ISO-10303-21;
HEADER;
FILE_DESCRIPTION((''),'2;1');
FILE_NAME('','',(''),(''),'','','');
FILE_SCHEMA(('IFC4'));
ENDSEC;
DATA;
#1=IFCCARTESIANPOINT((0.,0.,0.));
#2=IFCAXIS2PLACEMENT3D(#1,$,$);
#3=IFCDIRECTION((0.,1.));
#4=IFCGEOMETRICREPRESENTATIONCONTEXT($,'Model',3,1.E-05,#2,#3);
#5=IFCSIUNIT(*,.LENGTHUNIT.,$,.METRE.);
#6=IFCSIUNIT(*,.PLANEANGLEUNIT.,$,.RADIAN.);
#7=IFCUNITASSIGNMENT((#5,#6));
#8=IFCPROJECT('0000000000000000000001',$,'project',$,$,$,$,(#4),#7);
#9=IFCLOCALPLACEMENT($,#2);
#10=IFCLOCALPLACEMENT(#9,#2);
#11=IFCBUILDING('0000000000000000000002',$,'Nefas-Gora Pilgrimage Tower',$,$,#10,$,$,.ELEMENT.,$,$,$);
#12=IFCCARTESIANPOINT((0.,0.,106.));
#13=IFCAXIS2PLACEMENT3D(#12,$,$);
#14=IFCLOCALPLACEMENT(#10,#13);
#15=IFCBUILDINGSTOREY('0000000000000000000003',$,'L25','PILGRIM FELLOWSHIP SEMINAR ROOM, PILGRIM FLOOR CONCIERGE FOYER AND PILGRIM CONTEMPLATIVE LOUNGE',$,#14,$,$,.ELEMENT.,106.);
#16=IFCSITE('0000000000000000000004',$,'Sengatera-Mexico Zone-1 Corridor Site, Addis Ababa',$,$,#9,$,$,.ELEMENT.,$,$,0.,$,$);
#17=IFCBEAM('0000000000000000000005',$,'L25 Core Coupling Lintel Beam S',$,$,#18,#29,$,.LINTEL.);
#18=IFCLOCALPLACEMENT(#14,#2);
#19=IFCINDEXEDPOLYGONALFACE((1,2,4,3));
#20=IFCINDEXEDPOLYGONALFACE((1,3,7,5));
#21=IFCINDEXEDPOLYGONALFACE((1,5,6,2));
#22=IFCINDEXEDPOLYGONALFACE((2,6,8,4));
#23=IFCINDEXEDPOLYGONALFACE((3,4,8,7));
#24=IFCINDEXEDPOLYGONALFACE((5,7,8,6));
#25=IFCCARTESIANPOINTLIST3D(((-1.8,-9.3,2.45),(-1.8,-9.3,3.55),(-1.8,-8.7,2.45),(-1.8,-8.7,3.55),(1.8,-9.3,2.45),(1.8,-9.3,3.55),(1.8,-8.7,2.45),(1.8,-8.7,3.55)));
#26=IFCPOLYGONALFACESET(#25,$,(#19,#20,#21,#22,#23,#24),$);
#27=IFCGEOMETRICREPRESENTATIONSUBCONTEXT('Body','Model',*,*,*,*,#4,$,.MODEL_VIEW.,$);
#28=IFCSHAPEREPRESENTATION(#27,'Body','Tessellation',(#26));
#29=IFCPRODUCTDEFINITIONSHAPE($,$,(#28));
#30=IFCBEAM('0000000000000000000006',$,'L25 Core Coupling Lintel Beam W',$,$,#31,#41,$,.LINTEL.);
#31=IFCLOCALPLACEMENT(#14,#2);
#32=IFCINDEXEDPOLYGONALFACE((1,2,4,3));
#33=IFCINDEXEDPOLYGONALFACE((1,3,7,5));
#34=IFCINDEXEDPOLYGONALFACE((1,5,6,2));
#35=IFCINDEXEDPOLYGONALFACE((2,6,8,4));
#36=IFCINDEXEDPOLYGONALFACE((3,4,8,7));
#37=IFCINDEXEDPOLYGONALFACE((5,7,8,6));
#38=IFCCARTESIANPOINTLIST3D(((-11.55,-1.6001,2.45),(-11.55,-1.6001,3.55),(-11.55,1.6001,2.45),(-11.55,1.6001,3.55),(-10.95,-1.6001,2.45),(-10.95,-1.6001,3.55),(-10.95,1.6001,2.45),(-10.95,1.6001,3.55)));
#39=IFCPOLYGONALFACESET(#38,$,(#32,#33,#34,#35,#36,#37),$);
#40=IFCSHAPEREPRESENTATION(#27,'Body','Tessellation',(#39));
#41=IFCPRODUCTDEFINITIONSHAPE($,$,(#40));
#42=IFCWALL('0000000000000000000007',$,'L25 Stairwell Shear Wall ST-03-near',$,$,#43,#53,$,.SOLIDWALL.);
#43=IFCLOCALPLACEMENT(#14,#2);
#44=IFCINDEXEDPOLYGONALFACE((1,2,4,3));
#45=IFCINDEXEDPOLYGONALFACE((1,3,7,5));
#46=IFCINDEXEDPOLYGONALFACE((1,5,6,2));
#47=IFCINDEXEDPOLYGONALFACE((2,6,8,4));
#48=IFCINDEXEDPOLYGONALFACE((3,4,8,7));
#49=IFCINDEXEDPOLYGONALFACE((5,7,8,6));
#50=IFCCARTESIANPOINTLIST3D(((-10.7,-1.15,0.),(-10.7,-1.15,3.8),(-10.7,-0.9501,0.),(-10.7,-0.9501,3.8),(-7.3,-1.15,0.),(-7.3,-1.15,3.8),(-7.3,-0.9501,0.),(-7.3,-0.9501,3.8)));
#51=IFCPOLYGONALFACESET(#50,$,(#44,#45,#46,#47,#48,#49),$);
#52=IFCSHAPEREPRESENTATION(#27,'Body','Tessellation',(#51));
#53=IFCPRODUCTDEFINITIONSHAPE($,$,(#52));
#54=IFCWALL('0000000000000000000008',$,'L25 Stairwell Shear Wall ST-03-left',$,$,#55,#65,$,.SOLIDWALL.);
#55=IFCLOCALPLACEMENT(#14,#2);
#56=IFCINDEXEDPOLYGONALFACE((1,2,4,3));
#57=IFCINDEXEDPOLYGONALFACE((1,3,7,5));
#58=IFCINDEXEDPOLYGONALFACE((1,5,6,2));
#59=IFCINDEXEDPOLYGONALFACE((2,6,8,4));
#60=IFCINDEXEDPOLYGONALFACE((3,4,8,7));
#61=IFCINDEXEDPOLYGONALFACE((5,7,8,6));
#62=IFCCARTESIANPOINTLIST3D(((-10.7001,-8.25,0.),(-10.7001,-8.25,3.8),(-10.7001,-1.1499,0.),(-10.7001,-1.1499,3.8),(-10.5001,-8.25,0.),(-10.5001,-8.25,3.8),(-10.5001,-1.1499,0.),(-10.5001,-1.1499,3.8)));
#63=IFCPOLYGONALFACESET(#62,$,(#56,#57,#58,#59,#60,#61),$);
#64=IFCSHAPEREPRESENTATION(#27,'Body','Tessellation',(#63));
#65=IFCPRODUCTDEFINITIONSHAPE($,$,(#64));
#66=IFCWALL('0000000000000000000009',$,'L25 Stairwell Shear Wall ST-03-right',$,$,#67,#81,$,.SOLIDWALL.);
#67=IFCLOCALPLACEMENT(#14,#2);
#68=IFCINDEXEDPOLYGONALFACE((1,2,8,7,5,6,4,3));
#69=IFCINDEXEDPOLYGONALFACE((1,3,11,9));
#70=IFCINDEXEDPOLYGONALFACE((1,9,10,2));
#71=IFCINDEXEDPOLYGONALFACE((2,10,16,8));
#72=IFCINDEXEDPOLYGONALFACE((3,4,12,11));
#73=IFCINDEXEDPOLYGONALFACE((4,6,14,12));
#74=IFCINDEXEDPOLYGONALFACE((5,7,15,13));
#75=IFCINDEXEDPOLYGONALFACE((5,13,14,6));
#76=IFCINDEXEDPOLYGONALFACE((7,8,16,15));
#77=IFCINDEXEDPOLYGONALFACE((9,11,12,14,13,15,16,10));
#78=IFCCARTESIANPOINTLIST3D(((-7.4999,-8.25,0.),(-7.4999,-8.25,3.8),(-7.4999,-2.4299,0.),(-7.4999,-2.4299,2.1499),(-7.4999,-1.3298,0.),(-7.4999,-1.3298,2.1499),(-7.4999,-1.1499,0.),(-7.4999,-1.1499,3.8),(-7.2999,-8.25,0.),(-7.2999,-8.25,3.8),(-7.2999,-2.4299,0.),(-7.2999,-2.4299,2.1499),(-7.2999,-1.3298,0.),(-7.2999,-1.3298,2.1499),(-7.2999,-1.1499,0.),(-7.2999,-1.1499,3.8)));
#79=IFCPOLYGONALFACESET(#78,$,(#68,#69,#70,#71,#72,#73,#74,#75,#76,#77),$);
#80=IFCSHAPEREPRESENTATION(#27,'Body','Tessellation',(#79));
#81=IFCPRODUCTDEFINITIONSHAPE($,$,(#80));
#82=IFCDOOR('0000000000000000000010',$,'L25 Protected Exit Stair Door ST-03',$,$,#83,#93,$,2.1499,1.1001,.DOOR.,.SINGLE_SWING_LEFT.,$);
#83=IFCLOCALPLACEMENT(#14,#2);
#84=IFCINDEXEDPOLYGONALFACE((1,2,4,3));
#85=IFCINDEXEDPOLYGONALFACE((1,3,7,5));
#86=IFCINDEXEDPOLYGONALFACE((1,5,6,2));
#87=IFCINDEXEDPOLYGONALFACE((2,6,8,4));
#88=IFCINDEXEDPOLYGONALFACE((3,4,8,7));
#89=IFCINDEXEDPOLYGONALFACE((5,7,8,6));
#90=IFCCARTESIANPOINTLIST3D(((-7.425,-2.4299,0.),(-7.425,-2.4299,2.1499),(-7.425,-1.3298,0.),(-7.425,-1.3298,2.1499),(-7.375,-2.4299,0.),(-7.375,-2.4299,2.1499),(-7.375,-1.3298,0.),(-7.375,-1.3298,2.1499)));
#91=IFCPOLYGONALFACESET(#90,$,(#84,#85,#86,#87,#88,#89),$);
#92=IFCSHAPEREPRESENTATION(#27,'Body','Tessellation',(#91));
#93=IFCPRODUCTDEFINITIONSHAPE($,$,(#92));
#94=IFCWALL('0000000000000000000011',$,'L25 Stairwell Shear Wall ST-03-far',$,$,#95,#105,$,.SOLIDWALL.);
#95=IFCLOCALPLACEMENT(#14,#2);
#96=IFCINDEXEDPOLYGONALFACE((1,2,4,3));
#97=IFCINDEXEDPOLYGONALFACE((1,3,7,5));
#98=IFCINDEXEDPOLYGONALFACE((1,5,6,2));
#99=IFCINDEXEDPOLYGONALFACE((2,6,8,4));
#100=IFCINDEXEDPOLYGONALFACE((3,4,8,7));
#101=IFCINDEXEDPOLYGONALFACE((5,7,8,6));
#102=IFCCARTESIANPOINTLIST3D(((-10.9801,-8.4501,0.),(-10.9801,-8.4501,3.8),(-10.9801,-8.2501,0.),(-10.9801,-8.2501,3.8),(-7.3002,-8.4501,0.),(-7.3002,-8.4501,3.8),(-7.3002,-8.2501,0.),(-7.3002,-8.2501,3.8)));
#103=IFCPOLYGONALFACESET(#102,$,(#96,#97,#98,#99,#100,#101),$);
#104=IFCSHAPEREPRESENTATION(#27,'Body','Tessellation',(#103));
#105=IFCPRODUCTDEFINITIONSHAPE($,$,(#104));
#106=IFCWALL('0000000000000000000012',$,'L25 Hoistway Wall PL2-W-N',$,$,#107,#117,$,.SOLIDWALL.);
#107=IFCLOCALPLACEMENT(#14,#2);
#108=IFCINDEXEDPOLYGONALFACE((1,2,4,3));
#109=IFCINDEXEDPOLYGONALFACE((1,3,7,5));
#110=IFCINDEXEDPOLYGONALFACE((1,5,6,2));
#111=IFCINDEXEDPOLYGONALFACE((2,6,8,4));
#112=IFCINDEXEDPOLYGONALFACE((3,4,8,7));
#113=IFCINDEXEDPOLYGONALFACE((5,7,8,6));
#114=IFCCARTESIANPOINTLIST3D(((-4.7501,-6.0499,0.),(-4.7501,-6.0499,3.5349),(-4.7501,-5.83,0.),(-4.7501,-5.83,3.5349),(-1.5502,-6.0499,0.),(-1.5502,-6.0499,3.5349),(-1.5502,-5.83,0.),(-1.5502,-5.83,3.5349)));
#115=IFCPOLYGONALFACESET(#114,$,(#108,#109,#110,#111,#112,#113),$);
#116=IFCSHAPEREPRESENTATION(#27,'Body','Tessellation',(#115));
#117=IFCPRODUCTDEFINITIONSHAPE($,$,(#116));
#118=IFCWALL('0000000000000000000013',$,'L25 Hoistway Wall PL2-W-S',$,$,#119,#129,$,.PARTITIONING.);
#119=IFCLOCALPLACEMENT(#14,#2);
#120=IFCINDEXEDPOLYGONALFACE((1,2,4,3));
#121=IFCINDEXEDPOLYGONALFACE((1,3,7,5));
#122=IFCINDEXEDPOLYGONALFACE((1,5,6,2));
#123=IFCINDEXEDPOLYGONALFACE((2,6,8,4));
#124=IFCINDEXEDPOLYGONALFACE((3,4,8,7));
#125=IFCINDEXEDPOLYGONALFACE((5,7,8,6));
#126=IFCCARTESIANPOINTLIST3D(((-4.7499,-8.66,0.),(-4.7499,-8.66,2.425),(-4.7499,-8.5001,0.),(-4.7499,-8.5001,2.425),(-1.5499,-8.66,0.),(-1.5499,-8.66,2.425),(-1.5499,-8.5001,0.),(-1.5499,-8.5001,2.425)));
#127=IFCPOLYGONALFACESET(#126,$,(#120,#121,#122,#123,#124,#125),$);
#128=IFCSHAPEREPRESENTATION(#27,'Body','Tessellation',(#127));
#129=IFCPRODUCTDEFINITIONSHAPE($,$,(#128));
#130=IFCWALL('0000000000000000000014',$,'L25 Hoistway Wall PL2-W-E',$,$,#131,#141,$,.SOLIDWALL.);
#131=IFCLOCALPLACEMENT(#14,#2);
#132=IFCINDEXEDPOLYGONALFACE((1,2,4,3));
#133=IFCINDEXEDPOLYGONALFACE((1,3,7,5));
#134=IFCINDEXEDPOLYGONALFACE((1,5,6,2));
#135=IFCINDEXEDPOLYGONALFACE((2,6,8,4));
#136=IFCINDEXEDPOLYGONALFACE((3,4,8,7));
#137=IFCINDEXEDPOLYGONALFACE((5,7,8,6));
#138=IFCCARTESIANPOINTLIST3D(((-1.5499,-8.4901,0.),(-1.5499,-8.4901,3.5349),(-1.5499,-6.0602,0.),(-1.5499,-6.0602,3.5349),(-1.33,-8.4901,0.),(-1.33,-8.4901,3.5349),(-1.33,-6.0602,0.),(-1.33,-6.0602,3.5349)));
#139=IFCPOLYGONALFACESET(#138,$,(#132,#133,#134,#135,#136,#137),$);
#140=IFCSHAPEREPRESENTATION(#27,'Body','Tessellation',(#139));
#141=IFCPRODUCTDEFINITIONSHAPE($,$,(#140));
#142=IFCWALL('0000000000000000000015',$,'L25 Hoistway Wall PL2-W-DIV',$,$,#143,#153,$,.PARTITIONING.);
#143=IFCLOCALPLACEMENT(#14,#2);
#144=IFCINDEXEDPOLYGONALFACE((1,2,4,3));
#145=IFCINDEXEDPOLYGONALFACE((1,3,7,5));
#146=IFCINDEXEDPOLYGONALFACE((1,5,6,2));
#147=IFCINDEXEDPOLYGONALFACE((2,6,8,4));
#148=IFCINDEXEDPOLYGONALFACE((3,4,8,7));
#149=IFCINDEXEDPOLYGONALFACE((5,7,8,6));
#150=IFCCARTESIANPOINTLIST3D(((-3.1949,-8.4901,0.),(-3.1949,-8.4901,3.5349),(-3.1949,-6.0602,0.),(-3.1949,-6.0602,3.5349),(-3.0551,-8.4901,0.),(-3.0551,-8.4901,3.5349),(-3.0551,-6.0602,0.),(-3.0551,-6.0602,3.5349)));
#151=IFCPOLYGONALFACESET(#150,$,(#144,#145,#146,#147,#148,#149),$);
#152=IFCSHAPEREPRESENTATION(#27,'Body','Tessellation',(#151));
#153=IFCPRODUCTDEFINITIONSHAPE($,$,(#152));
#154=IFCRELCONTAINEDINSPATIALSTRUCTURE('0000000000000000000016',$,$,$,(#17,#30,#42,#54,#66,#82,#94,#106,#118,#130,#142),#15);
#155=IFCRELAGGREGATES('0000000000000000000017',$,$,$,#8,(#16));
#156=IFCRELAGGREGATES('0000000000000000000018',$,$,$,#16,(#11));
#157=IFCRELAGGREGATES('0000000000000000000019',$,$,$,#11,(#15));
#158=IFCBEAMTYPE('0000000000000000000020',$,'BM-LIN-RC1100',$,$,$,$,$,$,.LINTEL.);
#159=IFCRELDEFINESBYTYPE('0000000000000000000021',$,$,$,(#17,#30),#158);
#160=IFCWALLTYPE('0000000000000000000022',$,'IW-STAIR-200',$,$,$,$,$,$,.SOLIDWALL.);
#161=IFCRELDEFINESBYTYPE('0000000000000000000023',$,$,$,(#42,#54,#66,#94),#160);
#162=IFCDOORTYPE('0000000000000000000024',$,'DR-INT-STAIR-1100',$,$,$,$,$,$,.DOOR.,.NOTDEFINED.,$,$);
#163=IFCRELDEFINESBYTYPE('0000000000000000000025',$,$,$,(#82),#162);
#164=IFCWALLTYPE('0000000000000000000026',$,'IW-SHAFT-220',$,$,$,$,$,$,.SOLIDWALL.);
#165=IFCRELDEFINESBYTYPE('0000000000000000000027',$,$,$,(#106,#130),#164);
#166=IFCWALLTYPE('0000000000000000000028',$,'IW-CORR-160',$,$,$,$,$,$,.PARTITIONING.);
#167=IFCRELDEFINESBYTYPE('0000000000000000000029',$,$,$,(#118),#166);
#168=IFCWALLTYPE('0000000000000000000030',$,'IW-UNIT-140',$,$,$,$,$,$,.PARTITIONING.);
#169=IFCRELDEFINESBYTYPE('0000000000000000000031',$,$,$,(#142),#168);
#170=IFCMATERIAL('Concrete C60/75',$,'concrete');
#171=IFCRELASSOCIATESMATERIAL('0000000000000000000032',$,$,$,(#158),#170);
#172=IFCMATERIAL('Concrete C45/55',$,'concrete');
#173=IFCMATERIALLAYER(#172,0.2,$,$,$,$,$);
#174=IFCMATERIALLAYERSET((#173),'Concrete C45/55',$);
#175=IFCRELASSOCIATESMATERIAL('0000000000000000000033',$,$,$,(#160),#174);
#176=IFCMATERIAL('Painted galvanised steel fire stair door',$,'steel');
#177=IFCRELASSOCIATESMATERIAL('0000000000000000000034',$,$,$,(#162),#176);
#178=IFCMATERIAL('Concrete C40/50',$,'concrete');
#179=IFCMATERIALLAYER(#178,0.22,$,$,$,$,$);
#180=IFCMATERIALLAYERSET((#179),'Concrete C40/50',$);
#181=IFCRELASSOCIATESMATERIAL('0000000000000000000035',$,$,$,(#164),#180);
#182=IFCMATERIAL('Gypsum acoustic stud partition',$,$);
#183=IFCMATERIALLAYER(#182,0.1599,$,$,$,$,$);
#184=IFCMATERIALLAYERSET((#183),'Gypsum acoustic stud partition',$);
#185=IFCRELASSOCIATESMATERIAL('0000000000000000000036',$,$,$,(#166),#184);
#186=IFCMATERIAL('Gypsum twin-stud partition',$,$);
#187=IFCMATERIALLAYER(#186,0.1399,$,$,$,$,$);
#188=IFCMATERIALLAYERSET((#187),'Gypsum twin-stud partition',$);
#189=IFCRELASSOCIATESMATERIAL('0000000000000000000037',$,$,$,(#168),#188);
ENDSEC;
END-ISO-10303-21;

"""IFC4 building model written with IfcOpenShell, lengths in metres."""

from ifc_helpers import new_model, si_unit, direction, frame, frame_2d, origin, origin_2d, place, context, subcontext, project, spatial, rectangle, extrude, source, transform, mapped, material, layer, layer_set, material_profile, profile_set, type_object, element, fill, save


model = new_model("IFC4")

# Units and contexts
model_context = context("Model", 3, precision=1e-05, world=origin(), true_north=direction((0.0, 1.0)))
body_context = subcontext(model_context, "Body", "Model", "MODEL_VIEW")
ifc_project = project(units=[si_unit("LENGTHUNIT", "METRE"), si_unit("PLANEANGLEUNIT", "RADIAN")], contexts=[model_context])

# Site, building, storey
site_placement = place(None, origin())
site = spatial("IfcSite", under=ifc_project, at=site_placement, Name="Sengatera-Mexico Zone-1 Corridor Site, Addis Ababa", CompositionType="ELEMENT", RefElevation=0.0)
building_placement = place(site_placement, origin())
building = spatial("IfcBuilding", under=site, at=building_placement, Name="Nefas-Gora Pilgrimage Tower", CompositionType="ELEMENT")
storey_placement = place(building_placement, frame((0.0, 0.0, 106.0)))
storey = spatial("IfcBuildingStorey", under=building, at=storey_placement, Name="L25", Description="PILGRIM FELLOWSHIP SEMINAR ROOM, PILGRIM FLOOR CONCIERGE FOYER AND PILGRIM CONTEMPLATIVE LOUNGE", CompositionType="ELEMENT", Elevation=106.0)

# Beams
ifc_material_1 = material(Name="Concrete C60/75", Category="concrete")
ifc_material_profile = material_profile(ifc_material_1, rectangle(XDim=0.6001, YDim=1.1001, at=origin_2d()), Name="RC 600x1100")
ifc_profile_set = profile_set([ifc_material_profile], Name="Concrete C60/75")
beam_type = type_object("IfcBeamType", Name="BM-LIN-RC1100", PredefinedType="LINTEL", material=ifc_profile_set)
shared_shape_1 = source(origin(), body_context, "Body", "SweptSolid", [
    extrude(rectangle(XDim=0.6001, YDim=1.1001, at=origin_2d()), origin(), (0.0, 0.0, 1.0), 3.6001),
])
beam_1_placement = place(storey_placement, frame((-1.8, -9.0, 3.0), z_axis=(1.0, 0.0, 0.0), x_axis=(0.0, 1.0, 0.0)))
element("IfcBeam", 1, at=beam_1_placement, inside=storey, type_object=beam_type, Name="L25 Core Coupling Lintel Beam S", PredefinedType="LINTEL", context=body_context, shape_type="MappedRepresentation", body=[
    mapped(shared_shape_1, transform((0.0, 0.0, 0.0), x_axis=(1.0, 0.0, 0.0), y_axis=(0.0, 1.0, 0.0), z_axis=(0.0, 0.0, 1.0), scale=1.0)),
])
shared_shape_2 = source(origin(), body_context, "Body", "SweptSolid", [
    extrude(rectangle(XDim=0.6001, YDim=1.1001, at=origin_2d()), origin(), (0.0, 0.0, 1.0), 3.2002),
])
beam_2_placement = place(storey_placement, frame((-11.25, -1.6001, 3.0), z_axis=(0.0, 1.0, 0.0), x_axis=(-1.0, 0.0, 0.0)))
element("IfcBeam", 2, at=beam_2_placement, inside=storey, type_object=beam_type, Name="L25 Core Coupling Lintel Beam W", PredefinedType="LINTEL", context=body_context, shape_type="MappedRepresentation", body=[
    mapped(shared_shape_2, transform((0.0, 0.0, 0.0), x_axis=(1.0, 0.0, 0.0), y_axis=(0.0, 1.0, 0.0), z_axis=(0.0, 0.0, 1.0), scale=1.0)),
])

# Walls
ifc_material_2 = material(Name="Concrete C45/55", Category="concrete")
ifc_layer_1 = layer(ifc_material_2, 0.2)
ifc_layer_set_1 = layer_set([ifc_layer_1], Name="Concrete C45/55")
wall_type_1 = type_object("IfcWallType", Name="IW-STAIR-200", PredefinedType="SOLIDWALL", material=ifc_layer_set_1)
shared_shape_3 = source(origin(), body_context, "Body", "SweptSolid", [
    extrude(rectangle(XDim=3.3999, YDim=0.2, at=frame_2d((1.7, 0.0))), origin(), (0.0, 0.0, 1.0), 3.8),
])
wall_1_placement = place(storey_placement, frame((-10.7, -1.05, 0.0), z_axis=(0.0, 0.0, 1.0), x_axis=(1.0, 0.0, 0.0)))
element("IfcWall", 3, at=wall_1_placement, inside=storey, type_object=wall_type_1, Name="L25 Stairwell Shear Wall ST-03-near", PredefinedType="SOLIDWALL", context=body_context, shape_type="MappedRepresentation", body=[
    mapped(shared_shape_3, transform((0.0, 0.0, 0.0), x_axis=(1.0, 0.0, 0.0), y_axis=(0.0, 1.0, 0.0), z_axis=(0.0, 0.0, 1.0), scale=1.0)),
])
shared_shape_4 = source(origin(), body_context, "Body", "SweptSolid", [
    extrude(rectangle(XDim=7.1001, YDim=0.2, at=frame_2d((3.55, 0.0))), origin(), (0.0, 0.0, 1.0), 3.8),
])
wall_2_placement = place(storey_placement, frame((-10.6001, -1.1499, 0.0), z_axis=(0.0, 0.0, 1.0), x_axis=(0.0, -1.0, 0.0)))
element("IfcWall", 4, at=wall_2_placement, inside=storey, type_object=wall_type_1, Name="L25 Stairwell Shear Wall ST-03-left", PredefinedType="SOLIDWALL", context=body_context, shape_type="MappedRepresentation", body=[
    mapped(shared_shape_4, transform((0.0, 0.0, 0.0), x_axis=(1.0, 0.0, 0.0), y_axis=(0.0, 1.0, 0.0), z_axis=(0.0, 0.0, 1.0), scale=1.0)),
])

# Wall, opening, door
wall_3_placement = place(storey_placement, frame((-7.3999, -1.1499, 0.0), z_axis=(0.0, 0.0, 1.0), x_axis=(0.0, -1.0, 0.0)))
wall_3 = element("IfcWall", 5, at=wall_3_placement, inside=storey, type_object=wall_type_1, Name="L25 Stairwell Shear Wall ST-03-right", PredefinedType="SOLIDWALL", context=body_context, shape_type="MappedRepresentation", body=[
    mapped(shared_shape_4, transform((0.0, 0.0, 0.0), x_axis=(1.0, 0.0, 0.0), y_axis=(0.0, 1.0, 0.0), z_axis=(0.0, 0.0, 1.0), scale=1.0)),
])
opening_1_placement = place(wall_3_placement, frame((0.1799, 0.0, 0.0)))
opening_1 = element("IfcOpeningElement", 6, at=opening_1_placement, cuts=wall_3, PredefinedType="OPENING", context=body_context, shape_type="SweptSolid", body=[
    extrude(rectangle(XDim=1.1001, YDim=2.1499, at=frame_2d((0.55, 1.075))), frame((0.0, 0.1099, 0.0), z_axis=(0.0, -1.0, 0.0), x_axis=(1.0, 0.0, 0.0)), (0.0, 0.0, 1.0), 0.22),
])
ifc_material_3 = material(Name="Painted galvanised steel fire stair door", Category="steel")
door_type_1 = type_object("IfcDoorType", Name="DR-INT-STAIR-1100", OperationType="NOTDEFINED", PredefinedType="DOOR", material=ifc_material_3)
shared_shape_5 = source(origin(), body_context, "Body", "SweptSolid", [
    extrude(rectangle(XDim=1.1001, YDim=2.1499, at=frame_2d((0.55, 1.075))), frame((0.0, 0.0249, 0.0), z_axis=(0.0, -1.0, 0.0), x_axis=(1.0, 0.0, 0.0)), (0.0, 0.0, 1.0), 0.05),
])
door_1_placement = place(opening_1_placement, origin())
door_1 = element("IfcDoor", 7, at=door_1_placement, inside=storey, type_object=door_type_1, Name="L25 Protected Exit Stair Door ST-03", OperationType="SINGLE_SWING_LEFT", OverallHeight=2.1499, OverallWidth=1.1001, PredefinedType="DOOR", context=body_context, shape_type="MappedRepresentation", body=[
    mapped(shared_shape_5, transform((0.0, 0.0, 0.0), x_axis=(1.0, 0.0, 0.0), y_axis=(0.0, 1.0, 0.0), z_axis=(0.0, 0.0, 1.0), scale=1.0)),
])
fill(opening_1, door_1)

# Walls
shared_shape_6 = source(origin(), body_context, "Body", "SweptSolid", [
    extrude(rectangle(XDim=3.6799, YDim=0.2, at=frame_2d((1.8398, 0.0))), origin(), (0.0, 0.0, 1.0), 3.8),
])
wall_4_placement = place(storey_placement, frame((-10.98, -8.3501, 0.0), z_axis=(0.0, 0.0, 1.0), x_axis=(1.0, 0.0, 0.0)))
element("IfcWall", 8, at=wall_4_placement, inside=storey, type_object=wall_type_1, Name="L25 Stairwell Shear Wall ST-03-far", PredefinedType="SOLIDWALL", context=body_context, shape_type="MappedRepresentation", body=[
    mapped(shared_shape_6, transform((0.0, 0.0, 0.0), x_axis=(1.0, 0.0, 0.0), y_axis=(0.0, 1.0, 0.0), z_axis=(0.0, 0.0, 1.0), scale=1.0)),
])
ifc_material_4 = material(Name="Concrete C40/50", Category="concrete")
ifc_layer_2 = layer(ifc_material_4, 0.22)
ifc_layer_set_2 = layer_set([ifc_layer_2], Name="Concrete C40/50")
wall_type_2 = type_object("IfcWallType", Name="IW-SHAFT-220", PredefinedType="SOLIDWALL", material=ifc_layer_set_2)
shared_shape_7 = source(origin(), body_context, "Body", "SweptSolid", [
    extrude(rectangle(XDim=3.2, YDim=0.22, at=frame_2d((1.6001, 0.0))), origin(), (0.0, 0.0, 1.0), 3.5349),
])
wall_5_placement = place(storey_placement, frame((-1.55, -5.9399, 0.0), z_axis=(0.0, 0.0, 1.0), x_axis=(-1.0, 0.0, 0.0)))
element("IfcWall", 9, at=wall_5_placement, inside=storey, type_object=wall_type_2, Name="L25 Hoistway Wall PL2-W-N", PredefinedType="SOLIDWALL", context=body_context, shape_type="MappedRepresentation", body=[
    mapped(shared_shape_7, transform((0.0, 0.0, 0.0), x_axis=(1.0, 0.0, 0.0), y_axis=(0.0, 1.0, 0.0), z_axis=(0.0, 0.0, 1.0), scale=1.0)),
])
ifc_material_5 = material(Name="Gypsum acoustic stud partition")
ifc_layer_3 = layer(ifc_material_5, 0.1599)
ifc_layer_set_3 = layer_set([ifc_layer_3], Name="Gypsum acoustic stud partition")
wall_type_3 = type_object("IfcWallType", Name="IW-CORR-160", PredefinedType="PARTITIONING", material=ifc_layer_set_3)
shared_shape_8 = source(origin(), body_context, "Body", "SweptSolid", [
    extrude(rectangle(XDim=3.2, YDim=0.1599, at=frame_2d((1.6001, 0.0))), origin(), (0.0, 0.0, 1.0), 2.425),
])
wall_6_placement = place(storey_placement, frame((-4.75, -8.5801, 0.0), z_axis=(0.0, 0.0, 1.0), x_axis=(1.0, 0.0, 0.0)))
element("IfcWall", 10, at=wall_6_placement, inside=storey, type_object=wall_type_3, Name="L25 Hoistway Wall PL2-W-S", PredefinedType="PARTITIONING", context=body_context, shape_type="MappedRepresentation", body=[
    mapped(shared_shape_8, transform((0.0, 0.0, 0.0), x_axis=(1.0, 0.0, 0.0), y_axis=(0.0, 1.0, 0.0), z_axis=(0.0, 0.0, 1.0), scale=1.0)),
])
shared_shape_9 = source(origin(), body_context, "Body", "SweptSolid", [
    extrude(rectangle(XDim=2.4299, YDim=0.22, at=frame_2d((1.2148, 0.0))), origin(), (0.0, 0.0, 1.0), 3.5349),
])
for number, where, z_axis, x_axis, name in (
    (11, (-1.4399, -8.49, 0.0), (0.0, 0.0, 1.0), (0.0, 1.0, 0.0), "L25 Hoistway Wall PL2-W-E"),
):
    element("IfcWall", number, at=place(storey_placement, frame(where, z_axis=z_axis, x_axis=x_axis)), inside=storey, type_object=wall_type_2, Name=name, PredefinedType="SOLIDWALL", context=body_context, shape_type="MappedRepresentation", body=[
        mapped(shared_shape_9, transform((0.0, 0.0, 0.0), x_axis=(1.0, 0.0, 0.0), y_axis=(0.0, 1.0, 0.0), z_axis=(0.0, 0.0, 1.0), scale=1.0)),
    ])
ifc_material_6 = material(Name="Gypsum twin-stud partition")
ifc_layer_4 = layer(ifc_material_6, 0.1399)
ifc_layer_set_4 = layer_set([ifc_layer_4], Name="Gypsum twin-stud partition")
wall_type_4 = type_object("IfcWallType", Name="IW-UNIT-140", PredefinedType="PARTITIONING", material=ifc_layer_set_4)
shared_shape_10 = source(origin(), body_context, "Body", "SweptSolid", [
    extrude(rectangle(XDim=2.4299, YDim=0.1399, at=frame_2d((1.2148, 0.0))), origin(), (0.0, 0.0, 1.0), 3.5349),
])
wall_7_placement = place(storey_placement, frame((-3.125, -8.49, 0.0), z_axis=(0.0, 0.0, 1.0), x_axis=(0.0, 1.0, 0.0)))
element("IfcWall", 12, at=wall_7_placement, inside=storey, type_object=wall_type_4, Name="L25 Hoistway Wall PL2-W-DIV", PredefinedType="PARTITIONING", context=body_context, shape_type="MappedRepresentation", body=[
    mapped(shared_shape_10, transform((0.0, 0.0, 0.0), x_axis=(1.0, 0.0, 0.0), y_axis=(0.0, 1.0, 0.0), z_axis=(0.0, 0.0, 1.0), scale=1.0)),
])

save(model, "model.ifc")
